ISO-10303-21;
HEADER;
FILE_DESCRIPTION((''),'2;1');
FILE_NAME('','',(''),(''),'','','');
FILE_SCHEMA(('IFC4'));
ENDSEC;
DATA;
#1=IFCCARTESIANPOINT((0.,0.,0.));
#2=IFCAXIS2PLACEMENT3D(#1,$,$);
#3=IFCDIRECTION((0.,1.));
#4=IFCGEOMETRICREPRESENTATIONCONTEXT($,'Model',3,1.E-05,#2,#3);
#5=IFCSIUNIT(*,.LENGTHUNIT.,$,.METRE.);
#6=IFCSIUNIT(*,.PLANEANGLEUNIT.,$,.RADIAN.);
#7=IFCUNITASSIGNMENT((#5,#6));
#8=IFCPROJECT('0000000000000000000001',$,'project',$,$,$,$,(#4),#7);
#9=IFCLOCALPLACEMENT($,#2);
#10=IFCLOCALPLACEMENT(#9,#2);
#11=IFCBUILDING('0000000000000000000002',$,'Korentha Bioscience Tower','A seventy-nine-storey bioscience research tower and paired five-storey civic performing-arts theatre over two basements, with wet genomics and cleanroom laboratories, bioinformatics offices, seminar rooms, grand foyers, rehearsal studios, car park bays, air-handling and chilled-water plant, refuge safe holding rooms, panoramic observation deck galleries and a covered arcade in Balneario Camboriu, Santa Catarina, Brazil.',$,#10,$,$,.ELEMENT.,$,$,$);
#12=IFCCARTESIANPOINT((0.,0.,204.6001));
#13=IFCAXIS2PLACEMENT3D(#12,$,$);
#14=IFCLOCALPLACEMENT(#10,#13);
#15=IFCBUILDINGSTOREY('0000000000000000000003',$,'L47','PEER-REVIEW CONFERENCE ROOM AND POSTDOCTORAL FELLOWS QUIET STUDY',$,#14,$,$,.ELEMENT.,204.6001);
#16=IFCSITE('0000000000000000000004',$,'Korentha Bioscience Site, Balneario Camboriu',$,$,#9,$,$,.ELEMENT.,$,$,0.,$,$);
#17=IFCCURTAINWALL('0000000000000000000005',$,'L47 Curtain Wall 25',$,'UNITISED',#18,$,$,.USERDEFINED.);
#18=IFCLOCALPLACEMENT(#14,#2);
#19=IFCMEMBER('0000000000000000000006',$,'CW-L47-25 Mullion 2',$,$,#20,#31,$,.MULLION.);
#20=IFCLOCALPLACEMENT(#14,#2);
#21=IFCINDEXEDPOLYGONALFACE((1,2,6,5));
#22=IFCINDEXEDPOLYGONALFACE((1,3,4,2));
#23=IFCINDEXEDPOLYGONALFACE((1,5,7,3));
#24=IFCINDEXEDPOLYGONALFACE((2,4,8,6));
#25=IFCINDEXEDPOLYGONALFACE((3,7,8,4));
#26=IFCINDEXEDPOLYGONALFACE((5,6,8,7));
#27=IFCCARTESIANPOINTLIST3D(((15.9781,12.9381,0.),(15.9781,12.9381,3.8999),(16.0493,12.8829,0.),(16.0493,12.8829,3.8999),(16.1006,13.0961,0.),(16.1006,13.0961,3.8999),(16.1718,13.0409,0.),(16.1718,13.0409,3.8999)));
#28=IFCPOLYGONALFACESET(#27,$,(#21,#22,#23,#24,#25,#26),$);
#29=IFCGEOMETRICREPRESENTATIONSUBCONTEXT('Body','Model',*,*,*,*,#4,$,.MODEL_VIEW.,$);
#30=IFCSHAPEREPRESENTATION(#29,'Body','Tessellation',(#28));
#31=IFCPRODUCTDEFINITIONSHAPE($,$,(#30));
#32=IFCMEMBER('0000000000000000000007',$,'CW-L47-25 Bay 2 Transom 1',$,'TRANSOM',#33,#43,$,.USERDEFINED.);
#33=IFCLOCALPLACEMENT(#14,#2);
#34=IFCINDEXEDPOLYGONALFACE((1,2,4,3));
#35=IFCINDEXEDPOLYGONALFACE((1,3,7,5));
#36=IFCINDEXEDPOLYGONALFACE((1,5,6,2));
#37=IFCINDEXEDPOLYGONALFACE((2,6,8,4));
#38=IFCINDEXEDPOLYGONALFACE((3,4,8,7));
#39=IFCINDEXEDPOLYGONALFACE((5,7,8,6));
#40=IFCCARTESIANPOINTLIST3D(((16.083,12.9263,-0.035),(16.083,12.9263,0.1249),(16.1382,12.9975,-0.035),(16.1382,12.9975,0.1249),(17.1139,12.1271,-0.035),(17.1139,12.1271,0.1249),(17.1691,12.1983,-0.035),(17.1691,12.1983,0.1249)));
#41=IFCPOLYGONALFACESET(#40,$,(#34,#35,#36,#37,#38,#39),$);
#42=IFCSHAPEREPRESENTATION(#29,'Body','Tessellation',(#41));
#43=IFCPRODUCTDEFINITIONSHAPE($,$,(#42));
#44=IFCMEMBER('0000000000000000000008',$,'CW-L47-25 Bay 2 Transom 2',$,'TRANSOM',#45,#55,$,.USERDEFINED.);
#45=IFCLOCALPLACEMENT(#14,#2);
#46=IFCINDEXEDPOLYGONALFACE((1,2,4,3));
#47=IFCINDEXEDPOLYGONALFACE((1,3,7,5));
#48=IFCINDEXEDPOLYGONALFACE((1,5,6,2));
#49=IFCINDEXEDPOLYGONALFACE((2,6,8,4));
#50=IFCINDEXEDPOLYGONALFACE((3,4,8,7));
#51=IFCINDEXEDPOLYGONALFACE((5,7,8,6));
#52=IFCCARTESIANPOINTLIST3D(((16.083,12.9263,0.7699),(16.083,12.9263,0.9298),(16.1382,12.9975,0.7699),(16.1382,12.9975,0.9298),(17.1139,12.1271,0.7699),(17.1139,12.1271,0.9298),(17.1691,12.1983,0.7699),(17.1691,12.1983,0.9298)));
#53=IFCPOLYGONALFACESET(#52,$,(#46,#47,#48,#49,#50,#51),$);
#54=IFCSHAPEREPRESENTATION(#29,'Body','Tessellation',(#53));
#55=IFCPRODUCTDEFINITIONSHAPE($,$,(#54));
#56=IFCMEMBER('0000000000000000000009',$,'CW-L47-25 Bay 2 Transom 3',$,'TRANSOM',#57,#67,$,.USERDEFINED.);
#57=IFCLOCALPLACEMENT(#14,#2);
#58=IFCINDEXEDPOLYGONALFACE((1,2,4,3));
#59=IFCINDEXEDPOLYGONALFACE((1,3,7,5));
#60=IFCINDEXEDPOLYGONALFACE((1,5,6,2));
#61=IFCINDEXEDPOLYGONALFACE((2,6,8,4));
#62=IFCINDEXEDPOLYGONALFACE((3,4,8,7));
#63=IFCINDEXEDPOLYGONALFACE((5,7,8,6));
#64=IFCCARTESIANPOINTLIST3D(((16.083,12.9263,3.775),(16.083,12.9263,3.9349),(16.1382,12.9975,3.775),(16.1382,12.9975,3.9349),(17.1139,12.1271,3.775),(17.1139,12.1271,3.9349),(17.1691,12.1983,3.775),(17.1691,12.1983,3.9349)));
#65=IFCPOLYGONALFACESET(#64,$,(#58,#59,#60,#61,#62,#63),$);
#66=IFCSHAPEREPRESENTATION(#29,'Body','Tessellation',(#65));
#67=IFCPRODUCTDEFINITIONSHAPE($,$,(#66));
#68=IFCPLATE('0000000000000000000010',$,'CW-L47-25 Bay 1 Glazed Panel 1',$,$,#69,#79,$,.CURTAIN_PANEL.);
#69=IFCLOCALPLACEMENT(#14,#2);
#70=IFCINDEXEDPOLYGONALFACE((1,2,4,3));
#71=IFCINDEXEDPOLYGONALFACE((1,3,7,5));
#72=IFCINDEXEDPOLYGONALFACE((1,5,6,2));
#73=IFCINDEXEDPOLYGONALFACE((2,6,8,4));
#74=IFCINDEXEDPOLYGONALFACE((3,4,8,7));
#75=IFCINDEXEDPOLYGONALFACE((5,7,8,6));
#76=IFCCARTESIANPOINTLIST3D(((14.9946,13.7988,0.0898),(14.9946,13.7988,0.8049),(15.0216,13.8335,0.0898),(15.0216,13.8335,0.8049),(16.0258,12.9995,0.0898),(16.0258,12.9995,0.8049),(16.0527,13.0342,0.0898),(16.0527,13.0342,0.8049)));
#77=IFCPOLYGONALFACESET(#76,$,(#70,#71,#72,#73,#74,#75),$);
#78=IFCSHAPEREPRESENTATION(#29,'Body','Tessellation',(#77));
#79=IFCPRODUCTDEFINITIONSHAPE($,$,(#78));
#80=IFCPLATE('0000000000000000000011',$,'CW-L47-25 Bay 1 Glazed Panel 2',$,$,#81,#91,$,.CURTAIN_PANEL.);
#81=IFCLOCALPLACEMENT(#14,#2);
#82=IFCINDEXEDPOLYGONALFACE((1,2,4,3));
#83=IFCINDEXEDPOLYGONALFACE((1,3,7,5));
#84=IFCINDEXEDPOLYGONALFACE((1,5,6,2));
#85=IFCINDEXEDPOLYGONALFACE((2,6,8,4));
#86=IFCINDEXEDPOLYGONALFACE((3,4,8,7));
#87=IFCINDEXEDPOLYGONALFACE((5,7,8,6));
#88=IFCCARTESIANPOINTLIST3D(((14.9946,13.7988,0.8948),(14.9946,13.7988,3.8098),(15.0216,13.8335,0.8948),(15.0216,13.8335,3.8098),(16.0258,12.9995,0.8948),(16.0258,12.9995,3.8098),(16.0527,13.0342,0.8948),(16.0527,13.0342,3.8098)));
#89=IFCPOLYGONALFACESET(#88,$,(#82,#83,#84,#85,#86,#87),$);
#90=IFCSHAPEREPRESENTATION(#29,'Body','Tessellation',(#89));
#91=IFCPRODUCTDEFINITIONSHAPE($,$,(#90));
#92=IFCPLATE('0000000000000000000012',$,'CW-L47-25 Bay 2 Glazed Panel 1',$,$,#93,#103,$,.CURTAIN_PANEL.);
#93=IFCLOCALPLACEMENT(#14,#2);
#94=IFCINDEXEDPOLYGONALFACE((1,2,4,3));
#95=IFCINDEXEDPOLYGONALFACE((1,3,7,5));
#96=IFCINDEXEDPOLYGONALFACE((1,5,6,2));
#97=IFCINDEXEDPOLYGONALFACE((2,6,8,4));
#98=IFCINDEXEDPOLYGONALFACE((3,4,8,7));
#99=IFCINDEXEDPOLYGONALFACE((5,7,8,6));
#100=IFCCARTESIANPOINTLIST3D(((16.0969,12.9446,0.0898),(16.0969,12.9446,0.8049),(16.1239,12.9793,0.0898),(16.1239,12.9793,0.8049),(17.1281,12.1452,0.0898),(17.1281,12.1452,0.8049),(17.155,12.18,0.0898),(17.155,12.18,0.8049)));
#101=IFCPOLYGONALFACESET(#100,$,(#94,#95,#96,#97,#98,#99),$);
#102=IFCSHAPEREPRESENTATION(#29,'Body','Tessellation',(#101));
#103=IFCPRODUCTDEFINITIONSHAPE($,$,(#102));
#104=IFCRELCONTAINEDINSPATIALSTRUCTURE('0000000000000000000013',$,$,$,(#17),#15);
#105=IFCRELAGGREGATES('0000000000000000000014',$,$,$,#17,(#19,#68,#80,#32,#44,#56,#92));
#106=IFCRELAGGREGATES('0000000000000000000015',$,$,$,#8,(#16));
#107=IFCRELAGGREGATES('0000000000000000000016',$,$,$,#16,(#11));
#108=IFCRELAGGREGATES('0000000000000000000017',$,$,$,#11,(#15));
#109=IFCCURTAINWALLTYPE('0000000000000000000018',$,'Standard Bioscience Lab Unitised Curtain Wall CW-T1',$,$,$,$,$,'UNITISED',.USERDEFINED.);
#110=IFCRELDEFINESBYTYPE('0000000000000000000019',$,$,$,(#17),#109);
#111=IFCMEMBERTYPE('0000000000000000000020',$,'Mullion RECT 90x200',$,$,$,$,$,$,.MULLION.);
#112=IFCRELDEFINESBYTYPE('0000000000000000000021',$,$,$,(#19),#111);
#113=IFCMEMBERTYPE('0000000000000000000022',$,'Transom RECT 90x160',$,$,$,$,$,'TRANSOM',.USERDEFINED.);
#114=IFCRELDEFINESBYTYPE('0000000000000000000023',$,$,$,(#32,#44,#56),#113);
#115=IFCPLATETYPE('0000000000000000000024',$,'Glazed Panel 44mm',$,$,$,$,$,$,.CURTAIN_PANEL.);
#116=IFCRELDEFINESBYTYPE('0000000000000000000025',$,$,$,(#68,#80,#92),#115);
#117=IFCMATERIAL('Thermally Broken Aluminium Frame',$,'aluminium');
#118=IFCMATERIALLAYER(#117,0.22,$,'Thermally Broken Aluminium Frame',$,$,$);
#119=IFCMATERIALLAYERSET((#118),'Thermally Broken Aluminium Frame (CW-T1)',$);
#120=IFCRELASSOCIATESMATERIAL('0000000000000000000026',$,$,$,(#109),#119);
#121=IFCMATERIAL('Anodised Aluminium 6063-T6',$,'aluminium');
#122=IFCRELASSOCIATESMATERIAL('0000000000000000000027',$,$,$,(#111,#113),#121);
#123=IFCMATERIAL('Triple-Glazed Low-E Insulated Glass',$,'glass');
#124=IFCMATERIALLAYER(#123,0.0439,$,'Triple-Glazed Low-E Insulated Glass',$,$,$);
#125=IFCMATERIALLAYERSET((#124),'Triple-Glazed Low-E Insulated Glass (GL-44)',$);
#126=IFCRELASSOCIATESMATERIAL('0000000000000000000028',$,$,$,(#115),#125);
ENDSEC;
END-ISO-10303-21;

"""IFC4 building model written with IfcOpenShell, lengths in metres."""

from ifc_helpers import new_model, si_unit, direction, frame, origin, origin_2d, place, context, subcontext, project, spatial, rectangle, extrude, material, layer, layer_set, material_profile, profile_set, type_object, element, aggregate, save


model = new_model("IFC4")

# Units and contexts
model_context = context("Model", 3, precision=1e-05, world=origin(), true_north=direction((0.0, 1.0)))
body_context = subcontext(model_context, "Body", "Model", "MODEL_VIEW")
ifc_project = project(units=[si_unit("LENGTHUNIT", "METRE"), si_unit("PLANEANGLEUNIT", "RADIAN")], contexts=[model_context])

# Site, building, storey
site_placement = place(None, origin())
site = spatial("IfcSite", under=ifc_project, at=site_placement, Name="Korentha Bioscience Site, Balneario Camboriu", CompositionType="ELEMENT", RefElevation=0.0)
building_placement = place(site_placement, origin())
building = spatial("IfcBuilding", under=site, at=building_placement, Name="Korentha Bioscience Tower", Description="A seventy-nine-storey bioscience research tower and paired five-storey civic performing-arts theatre over two basements, with wet genomics and cleanroom laboratories, bioinformatics offices, seminar rooms, grand foyers, rehearsal studios, car park bays, air-handling and chilled-water plant, refuge safe holding rooms, panoramic observation deck galleries and a covered arcade in Balneario Camboriu, Santa Catarina, Brazil.", CompositionType="ELEMENT")
storey_placement = place(building_placement, frame((0.0, 0.0, 204.6001)))
storey = spatial("IfcBuildingStorey", under=building, at=storey_placement, Name="L47", Description="PEER-REVIEW CONFERENCE ROOM AND POSTDOCTORAL FELLOWS QUIET STUDY", CompositionType="ELEMENT", Elevation=204.6001)

# Curtain wall, members, plates
ifc_material_1 = material(Name="Thermally Broken Aluminium Frame", Category="aluminium")
ifc_layer_1 = layer(ifc_material_1, 0.22, Name="Thermally Broken Aluminium Frame")
ifc_layer_set_1 = layer_set([ifc_layer_1], Name="Thermally Broken Aluminium Frame (CW-T1)")
curtain_wall_type = type_object("IfcCurtainWallType", Name="Standard Bioscience Lab Unitised Curtain Wall CW-T1", ElementType="UNITISED", PredefinedType="USERDEFINED", material=ifc_layer_set_1)
curtain_wall_placement = place(storey_placement, origin())
curtain_wall = element("IfcCurtainWall", 1, at=curtain_wall_placement, inside=storey, type_object=curtain_wall_type, Name="L47 Curtain Wall 25", ObjectType="UNITISED", PredefinedType="USERDEFINED")
ifc_material_2 = material(Name="Anodised Aluminium 6063-T6", Category="aluminium")
ifc_material_profile_1 = material_profile(ifc_material_2, rectangle(XDim=0.0901, YDim=0.2, at=origin_2d()), Name="Anodised Aluminium 6063-T6")
ifc_profile_set_1 = profile_set([ifc_material_profile_1], Name="Anodised Aluminium 6063-T6 (CW-MUL)")
member_type_1 = type_object("IfcMemberType", Name="Mullion RECT 90x200", PredefinedType="MULLION", material=ifc_profile_set_1)
member_1_placement = place(storey_placement, frame((16.075, 12.9895, 0.0), z_axis=(0.0, 0.0, 1.0), x_axis=(0.790346, -0.612661, 0.0)))
member_1 = element("IfcMember", 2, at=member_1_placement, type_object=member_type_1, Name="CW-L47-25 Mullion 2", PredefinedType="MULLION", context=body_context, shape_type="SweptSolid", body=[
    extrude(rectangle(XDim=0.0901, YDim=0.2, at=origin_2d()), origin(), (0.0, 0.0, 1.0), 3.8999),
])
ifc_material_profile_2 = material_profile(ifc_material_2, rectangle(XDim=0.0901, YDim=0.1599, at=origin_2d()), Name="Anodised Aluminium 6063-T6")
ifc_profile_set_2 = profile_set([ifc_material_profile_2], Name="Anodised Aluminium 6063-T6 (CW-TRN)")
member_type_2 = type_object("IfcMemberType", Name="Transom RECT 90x160", ElementType="TRANSOM", PredefinedType="USERDEFINED", material=ifc_profile_set_2)
member_2_placement = place(storey_placement, frame((16.1106, 12.9619, 0.0449), z_axis=(0.790309, -0.612709, 0.0), x_axis=(0.612709, 0.790309, 0.0)))
member_2 = element("IfcMember", 3, at=member_2_placement, type_object=member_type_2, Name="CW-L47-25 Bay 2 Transom 1", ObjectType="TRANSOM", PredefinedType="USERDEFINED", context=body_context, shape_type="SweptSolid", body=[
    extrude(rectangle(XDim=0.0901, YDim=0.1599, at=origin_2d()), origin(), (0.0, 0.0, 1.0), 1.3044),
])
member_3_placement = place(storey_placement, frame((16.1106, 12.9619, 0.8499), z_axis=(0.790309, -0.612709, 0.0), x_axis=(0.612709, 0.790309, 0.0)))
member_3 = element("IfcMember", 4, at=member_3_placement, type_object=member_type_2, Name="CW-L47-25 Bay 2 Transom 2", ObjectType="TRANSOM", PredefinedType="USERDEFINED", context=body_context, shape_type="SweptSolid", body=[
    extrude(rectangle(XDim=0.0901, YDim=0.1599, at=origin_2d()), origin(), (0.0, 0.0, 1.0), 1.3044),
])
member_4_placement = place(storey_placement, frame((16.1106, 12.9619, 3.855), z_axis=(0.790309, -0.612709, 0.0), x_axis=(0.612709, 0.790309, 0.0)))
member_4 = element("IfcMember", 5, at=member_4_placement, type_object=member_type_2, Name="CW-L47-25 Bay 2 Transom 3", ObjectType="TRANSOM", PredefinedType="USERDEFINED", context=body_context, shape_type="SweptSolid", body=[
    extrude(rectangle(XDim=0.0901, YDim=0.1599, at=origin_2d()), origin(), (0.0, 0.0, 1.0), 1.3044),
])
ifc_material_3 = material(Name="Triple-Glazed Low-E Insulated Glass", Category="glass")
ifc_layer_2 = layer(ifc_material_3, 0.0439, Name="Triple-Glazed Low-E Insulated Glass")
ifc_layer_set_2 = layer_set([ifc_layer_2], Name="Triple-Glazed Low-E Insulated Glass (GL-44)")
plate_type = type_object("IfcPlateType", Name="Glazed Panel 44mm", PredefinedType="CURTAIN_PANEL", material=ifc_layer_set_2)
plate_1_placement = place(storey_placement, frame((15.5237, 13.4165, 0.0898), z_axis=(0.0, 0.0, 1.0), x_axis=(0.790346, -0.612661, 0.0)))
plate_1 = element("IfcPlate", 6, at=plate_1_placement, type_object=plate_type, Name="CW-L47-25 Bay 1 Glazed Panel 1", PredefinedType="CURTAIN_PANEL", context=body_context, shape_type="SweptSolid", body=[
    extrude(rectangle(XDim=1.3047, YDim=0.0439, at=origin_2d()), origin(), (0.0, 0.0, 1.0), 0.7151),
])
plate_2_placement = place(storey_placement, frame((15.5237, 13.4165, 0.8948), z_axis=(0.0, 0.0, 1.0), x_axis=(0.790346, -0.612661, 0.0)))
plate_2 = element("IfcPlate", 7, at=plate_2_placement, type_object=plate_type, Name="CW-L47-25 Bay 1 Glazed Panel 2", PredefinedType="CURTAIN_PANEL", context=body_context, shape_type="SweptSolid", body=[
    extrude(rectangle(XDim=1.3047, YDim=0.0439, at=origin_2d()), origin(), (0.0, 0.0, 1.0), 2.915),
])
plate_3_placement = place(storey_placement, frame((16.626, 12.5623, 0.0898), z_axis=(0.0, 0.0, 1.0), x_axis=(0.790346, -0.612661, 0.0)))
plate_3 = element("IfcPlate", 8, at=plate_3_placement, type_object=plate_type, Name="CW-L47-25 Bay 2 Glazed Panel 1", PredefinedType="CURTAIN_PANEL", context=body_context, shape_type="SweptSolid", body=[
    extrude(rectangle(XDim=1.3047, YDim=0.0439, at=origin_2d()), origin(), (0.0, 0.0, 1.0), 0.7151),
])
aggregate(curtain_wall, [member_1, plate_1, plate_2, member_2, member_3, member_4, plate_3])

save(model, "model.ifc")
